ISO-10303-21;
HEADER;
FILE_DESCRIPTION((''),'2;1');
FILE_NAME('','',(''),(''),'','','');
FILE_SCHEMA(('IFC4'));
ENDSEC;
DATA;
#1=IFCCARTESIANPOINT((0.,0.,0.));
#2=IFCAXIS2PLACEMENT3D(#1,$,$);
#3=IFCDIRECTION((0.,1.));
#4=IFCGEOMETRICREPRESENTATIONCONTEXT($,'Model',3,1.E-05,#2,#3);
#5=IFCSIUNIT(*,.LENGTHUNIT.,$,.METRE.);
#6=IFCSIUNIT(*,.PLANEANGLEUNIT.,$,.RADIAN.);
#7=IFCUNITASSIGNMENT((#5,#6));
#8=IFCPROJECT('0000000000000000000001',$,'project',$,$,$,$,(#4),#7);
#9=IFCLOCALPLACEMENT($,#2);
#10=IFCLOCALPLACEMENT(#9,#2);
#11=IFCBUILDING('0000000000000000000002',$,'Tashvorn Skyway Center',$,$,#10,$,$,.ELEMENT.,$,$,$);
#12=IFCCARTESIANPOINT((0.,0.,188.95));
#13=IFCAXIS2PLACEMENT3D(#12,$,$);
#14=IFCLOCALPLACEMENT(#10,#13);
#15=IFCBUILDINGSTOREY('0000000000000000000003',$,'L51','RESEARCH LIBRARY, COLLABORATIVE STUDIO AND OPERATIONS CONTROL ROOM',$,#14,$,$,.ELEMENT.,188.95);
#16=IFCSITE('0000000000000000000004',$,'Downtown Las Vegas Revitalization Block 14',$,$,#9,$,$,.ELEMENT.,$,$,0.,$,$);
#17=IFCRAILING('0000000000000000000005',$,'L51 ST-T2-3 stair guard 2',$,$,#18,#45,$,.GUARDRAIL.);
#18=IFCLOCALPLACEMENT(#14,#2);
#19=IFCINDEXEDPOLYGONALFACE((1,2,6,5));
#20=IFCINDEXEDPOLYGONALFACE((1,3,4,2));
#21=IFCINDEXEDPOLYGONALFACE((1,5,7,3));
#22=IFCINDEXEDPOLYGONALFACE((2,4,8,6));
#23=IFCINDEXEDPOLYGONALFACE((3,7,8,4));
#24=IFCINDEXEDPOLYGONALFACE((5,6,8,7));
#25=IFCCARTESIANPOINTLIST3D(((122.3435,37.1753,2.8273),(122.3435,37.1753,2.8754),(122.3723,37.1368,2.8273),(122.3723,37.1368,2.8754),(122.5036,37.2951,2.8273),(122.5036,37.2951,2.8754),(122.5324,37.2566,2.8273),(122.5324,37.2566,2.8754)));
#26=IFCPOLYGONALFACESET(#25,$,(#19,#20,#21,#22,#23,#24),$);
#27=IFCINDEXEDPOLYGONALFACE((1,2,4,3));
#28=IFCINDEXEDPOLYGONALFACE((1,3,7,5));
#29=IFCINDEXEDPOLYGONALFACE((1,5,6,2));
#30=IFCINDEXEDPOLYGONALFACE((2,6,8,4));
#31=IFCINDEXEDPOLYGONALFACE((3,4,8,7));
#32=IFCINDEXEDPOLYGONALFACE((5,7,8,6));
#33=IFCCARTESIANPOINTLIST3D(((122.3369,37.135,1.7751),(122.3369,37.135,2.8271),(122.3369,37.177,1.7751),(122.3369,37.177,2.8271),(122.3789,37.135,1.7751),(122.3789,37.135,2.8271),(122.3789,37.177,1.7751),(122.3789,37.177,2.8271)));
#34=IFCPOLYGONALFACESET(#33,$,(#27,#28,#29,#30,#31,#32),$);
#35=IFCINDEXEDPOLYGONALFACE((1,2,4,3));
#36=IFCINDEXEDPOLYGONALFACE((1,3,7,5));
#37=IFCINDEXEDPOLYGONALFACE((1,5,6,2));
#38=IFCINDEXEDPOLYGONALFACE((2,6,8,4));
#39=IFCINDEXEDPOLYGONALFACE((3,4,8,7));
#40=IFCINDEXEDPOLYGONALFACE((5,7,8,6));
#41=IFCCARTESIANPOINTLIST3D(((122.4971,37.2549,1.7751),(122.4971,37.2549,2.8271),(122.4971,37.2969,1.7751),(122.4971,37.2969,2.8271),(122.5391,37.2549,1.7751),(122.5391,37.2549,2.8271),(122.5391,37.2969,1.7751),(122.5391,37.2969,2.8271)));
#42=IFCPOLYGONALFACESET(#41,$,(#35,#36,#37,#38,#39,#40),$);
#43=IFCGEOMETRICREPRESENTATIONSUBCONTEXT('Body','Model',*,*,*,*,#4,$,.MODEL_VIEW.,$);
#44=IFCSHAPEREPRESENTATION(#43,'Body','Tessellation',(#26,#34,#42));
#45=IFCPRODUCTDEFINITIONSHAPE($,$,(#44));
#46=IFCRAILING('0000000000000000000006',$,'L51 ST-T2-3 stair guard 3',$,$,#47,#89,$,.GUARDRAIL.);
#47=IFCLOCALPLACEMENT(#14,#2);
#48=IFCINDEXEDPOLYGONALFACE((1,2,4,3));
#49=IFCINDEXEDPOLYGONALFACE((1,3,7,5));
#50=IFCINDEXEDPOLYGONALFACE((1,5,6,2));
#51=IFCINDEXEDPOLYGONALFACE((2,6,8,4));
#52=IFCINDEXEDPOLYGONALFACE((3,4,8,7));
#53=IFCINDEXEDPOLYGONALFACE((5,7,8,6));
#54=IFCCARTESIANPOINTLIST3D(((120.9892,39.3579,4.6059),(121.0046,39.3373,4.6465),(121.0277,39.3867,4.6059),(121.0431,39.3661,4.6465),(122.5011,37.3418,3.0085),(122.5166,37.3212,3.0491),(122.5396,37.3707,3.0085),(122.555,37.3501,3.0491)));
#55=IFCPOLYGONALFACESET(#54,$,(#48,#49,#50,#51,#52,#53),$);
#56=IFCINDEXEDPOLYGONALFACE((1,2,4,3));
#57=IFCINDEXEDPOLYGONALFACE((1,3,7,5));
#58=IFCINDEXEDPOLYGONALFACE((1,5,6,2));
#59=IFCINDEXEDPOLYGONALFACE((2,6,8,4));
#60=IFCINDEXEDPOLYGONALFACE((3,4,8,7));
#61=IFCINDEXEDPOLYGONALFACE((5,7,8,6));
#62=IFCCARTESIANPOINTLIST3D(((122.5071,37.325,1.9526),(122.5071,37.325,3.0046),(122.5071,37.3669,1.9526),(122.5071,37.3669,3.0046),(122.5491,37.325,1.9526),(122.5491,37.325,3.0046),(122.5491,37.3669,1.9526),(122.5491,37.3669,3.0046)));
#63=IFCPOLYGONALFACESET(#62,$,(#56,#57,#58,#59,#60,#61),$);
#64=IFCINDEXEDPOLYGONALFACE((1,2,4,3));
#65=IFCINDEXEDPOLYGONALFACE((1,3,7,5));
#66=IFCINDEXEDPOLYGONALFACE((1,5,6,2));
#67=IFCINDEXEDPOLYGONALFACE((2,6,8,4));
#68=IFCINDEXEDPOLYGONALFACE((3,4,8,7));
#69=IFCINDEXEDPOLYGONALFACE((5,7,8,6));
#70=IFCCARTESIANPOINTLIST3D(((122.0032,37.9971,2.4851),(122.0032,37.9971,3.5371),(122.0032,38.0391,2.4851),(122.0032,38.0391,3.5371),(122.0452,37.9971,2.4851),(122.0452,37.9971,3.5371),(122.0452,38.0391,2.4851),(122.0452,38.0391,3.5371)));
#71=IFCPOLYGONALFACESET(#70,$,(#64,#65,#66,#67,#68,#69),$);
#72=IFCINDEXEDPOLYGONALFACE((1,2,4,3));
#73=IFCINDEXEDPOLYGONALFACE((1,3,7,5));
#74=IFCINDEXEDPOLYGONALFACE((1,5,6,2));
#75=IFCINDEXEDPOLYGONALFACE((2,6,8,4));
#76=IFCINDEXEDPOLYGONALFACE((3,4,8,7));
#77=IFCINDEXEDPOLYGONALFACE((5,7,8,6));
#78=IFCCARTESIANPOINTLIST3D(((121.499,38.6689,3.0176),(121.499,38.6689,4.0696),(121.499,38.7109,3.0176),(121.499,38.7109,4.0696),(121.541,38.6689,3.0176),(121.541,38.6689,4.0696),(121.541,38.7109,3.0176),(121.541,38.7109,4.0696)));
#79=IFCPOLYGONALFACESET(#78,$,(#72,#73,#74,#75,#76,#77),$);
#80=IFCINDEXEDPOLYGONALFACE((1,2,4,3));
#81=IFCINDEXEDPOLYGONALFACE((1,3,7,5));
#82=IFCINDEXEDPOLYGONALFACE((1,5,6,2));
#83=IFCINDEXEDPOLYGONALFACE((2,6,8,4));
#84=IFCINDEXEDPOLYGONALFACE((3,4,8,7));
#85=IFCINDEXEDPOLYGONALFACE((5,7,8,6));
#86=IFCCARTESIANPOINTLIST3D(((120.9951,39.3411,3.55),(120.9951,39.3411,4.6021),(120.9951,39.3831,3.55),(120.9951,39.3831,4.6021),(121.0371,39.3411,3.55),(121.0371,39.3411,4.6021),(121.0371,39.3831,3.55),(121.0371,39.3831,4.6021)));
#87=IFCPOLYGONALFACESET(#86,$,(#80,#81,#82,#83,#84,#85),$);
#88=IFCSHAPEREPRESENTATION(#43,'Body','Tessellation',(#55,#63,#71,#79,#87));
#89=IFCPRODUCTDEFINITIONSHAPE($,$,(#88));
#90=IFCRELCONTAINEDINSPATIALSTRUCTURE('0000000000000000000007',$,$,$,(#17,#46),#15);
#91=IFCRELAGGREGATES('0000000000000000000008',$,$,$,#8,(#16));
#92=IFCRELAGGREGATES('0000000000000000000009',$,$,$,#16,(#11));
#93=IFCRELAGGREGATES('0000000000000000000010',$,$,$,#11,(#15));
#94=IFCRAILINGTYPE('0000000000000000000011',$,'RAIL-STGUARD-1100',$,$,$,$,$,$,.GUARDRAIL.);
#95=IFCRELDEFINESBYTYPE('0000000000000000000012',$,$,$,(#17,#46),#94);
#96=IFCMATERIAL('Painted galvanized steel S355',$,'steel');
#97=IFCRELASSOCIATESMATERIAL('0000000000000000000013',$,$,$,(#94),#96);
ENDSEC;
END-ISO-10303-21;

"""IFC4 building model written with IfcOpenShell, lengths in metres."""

from ifc_helpers import new_model, si_unit, direction, frame, origin, origin_2d, place, context, subcontext, project, spatial, rectangle, extrude, material, type_object, element, save


model = new_model("IFC4")

# Units and contexts
model_context = context("Model", 3, precision=1e-05, world=origin(), true_north=direction((0.0, 1.0)))
body_context = subcontext(model_context, "Body", "Model", "MODEL_VIEW")
ifc_project = project(units=[si_unit("LENGTHUNIT", "METRE"), si_unit("PLANEANGLEUNIT", "RADIAN")], contexts=[model_context])

# Site, building, storey
site_placement = place(None, origin())
site = spatial("IfcSite", under=ifc_project, at=site_placement, Name="Downtown Las Vegas Revitalization Block 14", CompositionType="ELEMENT", RefElevation=0.0)
building_placement = place(site_placement, origin())
building = spatial("IfcBuilding", under=site, at=building_placement, Name="Tashvorn Skyway Center", CompositionType="ELEMENT")
storey_placement = place(building_placement, frame((0.0, 0.0, 188.95)))
storey = spatial("IfcBuildingStorey", under=building, at=storey_placement, Name="L51", Description="RESEARCH LIBRARY, COLLABORATIVE STUDIO AND OPERATIONS CONTROL ROOM", CompositionType="ELEMENT", Elevation=188.95)

# Railings
ifc_material_1 = material(Name="Painted galvanized steel S355", Category="steel")
railing_type_1 = type_object("IfcRailingType", Name="RAIL-STGUARD-1100", PredefinedType="GUARDRAIL", material=ifc_material_1)
railing_1_placement = place(storey_placement, frame((122.3579, 37.156, 1.7751)))
element("IfcRailing", 1, at=railing_1_placement, inside=storey, type_object=railing_type_1, Name="L51 ST-T2-3 stair guard 2", PredefinedType="GUARDRAIL", context=body_context, shape_type="SweptSolid", body=[
    extrude(rectangle(XDim=0.0481, YDim=0.0481, at=origin_2d()), frame((0.0, 0.0, 1.0762), z_axis=(0.800585, 0.599219, 0.0), x_axis=(-0.599219, 0.800585, 0.0)), (0.0, 0.0, 1.0), 0.2),
    extrude(rectangle(XDim=0.042, YDim=0.042, at=origin_2d()), origin(), (0.0, 0.0, 1.0), 1.052),
    extrude(rectangle(XDim=0.042, YDim=0.042, at=origin_2d()), frame((0.1602, 0.1199, 0.0)), (0.0, 0.0, 1.0), 1.052),
])
railing_2_placement = place(storey_placement, frame((122.5281, 37.3459, 1.9526)))
element("IfcRailing", 2, at=railing_2_placement, inside=storey, type_object=railing_type_1, Name="L51 ST-T2-3 stair guard 3", PredefinedType="GUARDRAIL", context=body_context, shape_type="SweptSolid", body=[
    extrude(rectangle(XDim=0.0481, YDim=0.0481, at=origin_2d()), frame((0.0, 0.0, 1.0762), z_axis=(-0.506741, 0.675709, 0.535379), x_axis=(-0.800023, -0.599969, 0.0)), (0.0, 0.0, 1.0), 2.9836),
    extrude(rectangle(XDim=0.042, YDim=0.042, at=origin_2d()), origin(), (0.0, 0.0, 1.0), 1.052),
    extrude(rectangle(XDim=0.042, YDim=0.042, at=origin_2d()), frame((-0.5039, 0.6721, 0.5325)), (0.0, 0.0, 1.0), 1.052),
    extrude(rectangle(XDim=0.042, YDim=0.042, at=origin_2d()), frame((-1.0081, 1.344, 1.0649)), (0.0, 0.0, 1.0), 1.052),
    extrude(rectangle(XDim=0.042, YDim=0.042, at=origin_2d()), frame((-1.512, 2.0161, 1.5974)), (0.0, 0.0, 1.0), 1.052),
])

save(model, "model.ifc")
